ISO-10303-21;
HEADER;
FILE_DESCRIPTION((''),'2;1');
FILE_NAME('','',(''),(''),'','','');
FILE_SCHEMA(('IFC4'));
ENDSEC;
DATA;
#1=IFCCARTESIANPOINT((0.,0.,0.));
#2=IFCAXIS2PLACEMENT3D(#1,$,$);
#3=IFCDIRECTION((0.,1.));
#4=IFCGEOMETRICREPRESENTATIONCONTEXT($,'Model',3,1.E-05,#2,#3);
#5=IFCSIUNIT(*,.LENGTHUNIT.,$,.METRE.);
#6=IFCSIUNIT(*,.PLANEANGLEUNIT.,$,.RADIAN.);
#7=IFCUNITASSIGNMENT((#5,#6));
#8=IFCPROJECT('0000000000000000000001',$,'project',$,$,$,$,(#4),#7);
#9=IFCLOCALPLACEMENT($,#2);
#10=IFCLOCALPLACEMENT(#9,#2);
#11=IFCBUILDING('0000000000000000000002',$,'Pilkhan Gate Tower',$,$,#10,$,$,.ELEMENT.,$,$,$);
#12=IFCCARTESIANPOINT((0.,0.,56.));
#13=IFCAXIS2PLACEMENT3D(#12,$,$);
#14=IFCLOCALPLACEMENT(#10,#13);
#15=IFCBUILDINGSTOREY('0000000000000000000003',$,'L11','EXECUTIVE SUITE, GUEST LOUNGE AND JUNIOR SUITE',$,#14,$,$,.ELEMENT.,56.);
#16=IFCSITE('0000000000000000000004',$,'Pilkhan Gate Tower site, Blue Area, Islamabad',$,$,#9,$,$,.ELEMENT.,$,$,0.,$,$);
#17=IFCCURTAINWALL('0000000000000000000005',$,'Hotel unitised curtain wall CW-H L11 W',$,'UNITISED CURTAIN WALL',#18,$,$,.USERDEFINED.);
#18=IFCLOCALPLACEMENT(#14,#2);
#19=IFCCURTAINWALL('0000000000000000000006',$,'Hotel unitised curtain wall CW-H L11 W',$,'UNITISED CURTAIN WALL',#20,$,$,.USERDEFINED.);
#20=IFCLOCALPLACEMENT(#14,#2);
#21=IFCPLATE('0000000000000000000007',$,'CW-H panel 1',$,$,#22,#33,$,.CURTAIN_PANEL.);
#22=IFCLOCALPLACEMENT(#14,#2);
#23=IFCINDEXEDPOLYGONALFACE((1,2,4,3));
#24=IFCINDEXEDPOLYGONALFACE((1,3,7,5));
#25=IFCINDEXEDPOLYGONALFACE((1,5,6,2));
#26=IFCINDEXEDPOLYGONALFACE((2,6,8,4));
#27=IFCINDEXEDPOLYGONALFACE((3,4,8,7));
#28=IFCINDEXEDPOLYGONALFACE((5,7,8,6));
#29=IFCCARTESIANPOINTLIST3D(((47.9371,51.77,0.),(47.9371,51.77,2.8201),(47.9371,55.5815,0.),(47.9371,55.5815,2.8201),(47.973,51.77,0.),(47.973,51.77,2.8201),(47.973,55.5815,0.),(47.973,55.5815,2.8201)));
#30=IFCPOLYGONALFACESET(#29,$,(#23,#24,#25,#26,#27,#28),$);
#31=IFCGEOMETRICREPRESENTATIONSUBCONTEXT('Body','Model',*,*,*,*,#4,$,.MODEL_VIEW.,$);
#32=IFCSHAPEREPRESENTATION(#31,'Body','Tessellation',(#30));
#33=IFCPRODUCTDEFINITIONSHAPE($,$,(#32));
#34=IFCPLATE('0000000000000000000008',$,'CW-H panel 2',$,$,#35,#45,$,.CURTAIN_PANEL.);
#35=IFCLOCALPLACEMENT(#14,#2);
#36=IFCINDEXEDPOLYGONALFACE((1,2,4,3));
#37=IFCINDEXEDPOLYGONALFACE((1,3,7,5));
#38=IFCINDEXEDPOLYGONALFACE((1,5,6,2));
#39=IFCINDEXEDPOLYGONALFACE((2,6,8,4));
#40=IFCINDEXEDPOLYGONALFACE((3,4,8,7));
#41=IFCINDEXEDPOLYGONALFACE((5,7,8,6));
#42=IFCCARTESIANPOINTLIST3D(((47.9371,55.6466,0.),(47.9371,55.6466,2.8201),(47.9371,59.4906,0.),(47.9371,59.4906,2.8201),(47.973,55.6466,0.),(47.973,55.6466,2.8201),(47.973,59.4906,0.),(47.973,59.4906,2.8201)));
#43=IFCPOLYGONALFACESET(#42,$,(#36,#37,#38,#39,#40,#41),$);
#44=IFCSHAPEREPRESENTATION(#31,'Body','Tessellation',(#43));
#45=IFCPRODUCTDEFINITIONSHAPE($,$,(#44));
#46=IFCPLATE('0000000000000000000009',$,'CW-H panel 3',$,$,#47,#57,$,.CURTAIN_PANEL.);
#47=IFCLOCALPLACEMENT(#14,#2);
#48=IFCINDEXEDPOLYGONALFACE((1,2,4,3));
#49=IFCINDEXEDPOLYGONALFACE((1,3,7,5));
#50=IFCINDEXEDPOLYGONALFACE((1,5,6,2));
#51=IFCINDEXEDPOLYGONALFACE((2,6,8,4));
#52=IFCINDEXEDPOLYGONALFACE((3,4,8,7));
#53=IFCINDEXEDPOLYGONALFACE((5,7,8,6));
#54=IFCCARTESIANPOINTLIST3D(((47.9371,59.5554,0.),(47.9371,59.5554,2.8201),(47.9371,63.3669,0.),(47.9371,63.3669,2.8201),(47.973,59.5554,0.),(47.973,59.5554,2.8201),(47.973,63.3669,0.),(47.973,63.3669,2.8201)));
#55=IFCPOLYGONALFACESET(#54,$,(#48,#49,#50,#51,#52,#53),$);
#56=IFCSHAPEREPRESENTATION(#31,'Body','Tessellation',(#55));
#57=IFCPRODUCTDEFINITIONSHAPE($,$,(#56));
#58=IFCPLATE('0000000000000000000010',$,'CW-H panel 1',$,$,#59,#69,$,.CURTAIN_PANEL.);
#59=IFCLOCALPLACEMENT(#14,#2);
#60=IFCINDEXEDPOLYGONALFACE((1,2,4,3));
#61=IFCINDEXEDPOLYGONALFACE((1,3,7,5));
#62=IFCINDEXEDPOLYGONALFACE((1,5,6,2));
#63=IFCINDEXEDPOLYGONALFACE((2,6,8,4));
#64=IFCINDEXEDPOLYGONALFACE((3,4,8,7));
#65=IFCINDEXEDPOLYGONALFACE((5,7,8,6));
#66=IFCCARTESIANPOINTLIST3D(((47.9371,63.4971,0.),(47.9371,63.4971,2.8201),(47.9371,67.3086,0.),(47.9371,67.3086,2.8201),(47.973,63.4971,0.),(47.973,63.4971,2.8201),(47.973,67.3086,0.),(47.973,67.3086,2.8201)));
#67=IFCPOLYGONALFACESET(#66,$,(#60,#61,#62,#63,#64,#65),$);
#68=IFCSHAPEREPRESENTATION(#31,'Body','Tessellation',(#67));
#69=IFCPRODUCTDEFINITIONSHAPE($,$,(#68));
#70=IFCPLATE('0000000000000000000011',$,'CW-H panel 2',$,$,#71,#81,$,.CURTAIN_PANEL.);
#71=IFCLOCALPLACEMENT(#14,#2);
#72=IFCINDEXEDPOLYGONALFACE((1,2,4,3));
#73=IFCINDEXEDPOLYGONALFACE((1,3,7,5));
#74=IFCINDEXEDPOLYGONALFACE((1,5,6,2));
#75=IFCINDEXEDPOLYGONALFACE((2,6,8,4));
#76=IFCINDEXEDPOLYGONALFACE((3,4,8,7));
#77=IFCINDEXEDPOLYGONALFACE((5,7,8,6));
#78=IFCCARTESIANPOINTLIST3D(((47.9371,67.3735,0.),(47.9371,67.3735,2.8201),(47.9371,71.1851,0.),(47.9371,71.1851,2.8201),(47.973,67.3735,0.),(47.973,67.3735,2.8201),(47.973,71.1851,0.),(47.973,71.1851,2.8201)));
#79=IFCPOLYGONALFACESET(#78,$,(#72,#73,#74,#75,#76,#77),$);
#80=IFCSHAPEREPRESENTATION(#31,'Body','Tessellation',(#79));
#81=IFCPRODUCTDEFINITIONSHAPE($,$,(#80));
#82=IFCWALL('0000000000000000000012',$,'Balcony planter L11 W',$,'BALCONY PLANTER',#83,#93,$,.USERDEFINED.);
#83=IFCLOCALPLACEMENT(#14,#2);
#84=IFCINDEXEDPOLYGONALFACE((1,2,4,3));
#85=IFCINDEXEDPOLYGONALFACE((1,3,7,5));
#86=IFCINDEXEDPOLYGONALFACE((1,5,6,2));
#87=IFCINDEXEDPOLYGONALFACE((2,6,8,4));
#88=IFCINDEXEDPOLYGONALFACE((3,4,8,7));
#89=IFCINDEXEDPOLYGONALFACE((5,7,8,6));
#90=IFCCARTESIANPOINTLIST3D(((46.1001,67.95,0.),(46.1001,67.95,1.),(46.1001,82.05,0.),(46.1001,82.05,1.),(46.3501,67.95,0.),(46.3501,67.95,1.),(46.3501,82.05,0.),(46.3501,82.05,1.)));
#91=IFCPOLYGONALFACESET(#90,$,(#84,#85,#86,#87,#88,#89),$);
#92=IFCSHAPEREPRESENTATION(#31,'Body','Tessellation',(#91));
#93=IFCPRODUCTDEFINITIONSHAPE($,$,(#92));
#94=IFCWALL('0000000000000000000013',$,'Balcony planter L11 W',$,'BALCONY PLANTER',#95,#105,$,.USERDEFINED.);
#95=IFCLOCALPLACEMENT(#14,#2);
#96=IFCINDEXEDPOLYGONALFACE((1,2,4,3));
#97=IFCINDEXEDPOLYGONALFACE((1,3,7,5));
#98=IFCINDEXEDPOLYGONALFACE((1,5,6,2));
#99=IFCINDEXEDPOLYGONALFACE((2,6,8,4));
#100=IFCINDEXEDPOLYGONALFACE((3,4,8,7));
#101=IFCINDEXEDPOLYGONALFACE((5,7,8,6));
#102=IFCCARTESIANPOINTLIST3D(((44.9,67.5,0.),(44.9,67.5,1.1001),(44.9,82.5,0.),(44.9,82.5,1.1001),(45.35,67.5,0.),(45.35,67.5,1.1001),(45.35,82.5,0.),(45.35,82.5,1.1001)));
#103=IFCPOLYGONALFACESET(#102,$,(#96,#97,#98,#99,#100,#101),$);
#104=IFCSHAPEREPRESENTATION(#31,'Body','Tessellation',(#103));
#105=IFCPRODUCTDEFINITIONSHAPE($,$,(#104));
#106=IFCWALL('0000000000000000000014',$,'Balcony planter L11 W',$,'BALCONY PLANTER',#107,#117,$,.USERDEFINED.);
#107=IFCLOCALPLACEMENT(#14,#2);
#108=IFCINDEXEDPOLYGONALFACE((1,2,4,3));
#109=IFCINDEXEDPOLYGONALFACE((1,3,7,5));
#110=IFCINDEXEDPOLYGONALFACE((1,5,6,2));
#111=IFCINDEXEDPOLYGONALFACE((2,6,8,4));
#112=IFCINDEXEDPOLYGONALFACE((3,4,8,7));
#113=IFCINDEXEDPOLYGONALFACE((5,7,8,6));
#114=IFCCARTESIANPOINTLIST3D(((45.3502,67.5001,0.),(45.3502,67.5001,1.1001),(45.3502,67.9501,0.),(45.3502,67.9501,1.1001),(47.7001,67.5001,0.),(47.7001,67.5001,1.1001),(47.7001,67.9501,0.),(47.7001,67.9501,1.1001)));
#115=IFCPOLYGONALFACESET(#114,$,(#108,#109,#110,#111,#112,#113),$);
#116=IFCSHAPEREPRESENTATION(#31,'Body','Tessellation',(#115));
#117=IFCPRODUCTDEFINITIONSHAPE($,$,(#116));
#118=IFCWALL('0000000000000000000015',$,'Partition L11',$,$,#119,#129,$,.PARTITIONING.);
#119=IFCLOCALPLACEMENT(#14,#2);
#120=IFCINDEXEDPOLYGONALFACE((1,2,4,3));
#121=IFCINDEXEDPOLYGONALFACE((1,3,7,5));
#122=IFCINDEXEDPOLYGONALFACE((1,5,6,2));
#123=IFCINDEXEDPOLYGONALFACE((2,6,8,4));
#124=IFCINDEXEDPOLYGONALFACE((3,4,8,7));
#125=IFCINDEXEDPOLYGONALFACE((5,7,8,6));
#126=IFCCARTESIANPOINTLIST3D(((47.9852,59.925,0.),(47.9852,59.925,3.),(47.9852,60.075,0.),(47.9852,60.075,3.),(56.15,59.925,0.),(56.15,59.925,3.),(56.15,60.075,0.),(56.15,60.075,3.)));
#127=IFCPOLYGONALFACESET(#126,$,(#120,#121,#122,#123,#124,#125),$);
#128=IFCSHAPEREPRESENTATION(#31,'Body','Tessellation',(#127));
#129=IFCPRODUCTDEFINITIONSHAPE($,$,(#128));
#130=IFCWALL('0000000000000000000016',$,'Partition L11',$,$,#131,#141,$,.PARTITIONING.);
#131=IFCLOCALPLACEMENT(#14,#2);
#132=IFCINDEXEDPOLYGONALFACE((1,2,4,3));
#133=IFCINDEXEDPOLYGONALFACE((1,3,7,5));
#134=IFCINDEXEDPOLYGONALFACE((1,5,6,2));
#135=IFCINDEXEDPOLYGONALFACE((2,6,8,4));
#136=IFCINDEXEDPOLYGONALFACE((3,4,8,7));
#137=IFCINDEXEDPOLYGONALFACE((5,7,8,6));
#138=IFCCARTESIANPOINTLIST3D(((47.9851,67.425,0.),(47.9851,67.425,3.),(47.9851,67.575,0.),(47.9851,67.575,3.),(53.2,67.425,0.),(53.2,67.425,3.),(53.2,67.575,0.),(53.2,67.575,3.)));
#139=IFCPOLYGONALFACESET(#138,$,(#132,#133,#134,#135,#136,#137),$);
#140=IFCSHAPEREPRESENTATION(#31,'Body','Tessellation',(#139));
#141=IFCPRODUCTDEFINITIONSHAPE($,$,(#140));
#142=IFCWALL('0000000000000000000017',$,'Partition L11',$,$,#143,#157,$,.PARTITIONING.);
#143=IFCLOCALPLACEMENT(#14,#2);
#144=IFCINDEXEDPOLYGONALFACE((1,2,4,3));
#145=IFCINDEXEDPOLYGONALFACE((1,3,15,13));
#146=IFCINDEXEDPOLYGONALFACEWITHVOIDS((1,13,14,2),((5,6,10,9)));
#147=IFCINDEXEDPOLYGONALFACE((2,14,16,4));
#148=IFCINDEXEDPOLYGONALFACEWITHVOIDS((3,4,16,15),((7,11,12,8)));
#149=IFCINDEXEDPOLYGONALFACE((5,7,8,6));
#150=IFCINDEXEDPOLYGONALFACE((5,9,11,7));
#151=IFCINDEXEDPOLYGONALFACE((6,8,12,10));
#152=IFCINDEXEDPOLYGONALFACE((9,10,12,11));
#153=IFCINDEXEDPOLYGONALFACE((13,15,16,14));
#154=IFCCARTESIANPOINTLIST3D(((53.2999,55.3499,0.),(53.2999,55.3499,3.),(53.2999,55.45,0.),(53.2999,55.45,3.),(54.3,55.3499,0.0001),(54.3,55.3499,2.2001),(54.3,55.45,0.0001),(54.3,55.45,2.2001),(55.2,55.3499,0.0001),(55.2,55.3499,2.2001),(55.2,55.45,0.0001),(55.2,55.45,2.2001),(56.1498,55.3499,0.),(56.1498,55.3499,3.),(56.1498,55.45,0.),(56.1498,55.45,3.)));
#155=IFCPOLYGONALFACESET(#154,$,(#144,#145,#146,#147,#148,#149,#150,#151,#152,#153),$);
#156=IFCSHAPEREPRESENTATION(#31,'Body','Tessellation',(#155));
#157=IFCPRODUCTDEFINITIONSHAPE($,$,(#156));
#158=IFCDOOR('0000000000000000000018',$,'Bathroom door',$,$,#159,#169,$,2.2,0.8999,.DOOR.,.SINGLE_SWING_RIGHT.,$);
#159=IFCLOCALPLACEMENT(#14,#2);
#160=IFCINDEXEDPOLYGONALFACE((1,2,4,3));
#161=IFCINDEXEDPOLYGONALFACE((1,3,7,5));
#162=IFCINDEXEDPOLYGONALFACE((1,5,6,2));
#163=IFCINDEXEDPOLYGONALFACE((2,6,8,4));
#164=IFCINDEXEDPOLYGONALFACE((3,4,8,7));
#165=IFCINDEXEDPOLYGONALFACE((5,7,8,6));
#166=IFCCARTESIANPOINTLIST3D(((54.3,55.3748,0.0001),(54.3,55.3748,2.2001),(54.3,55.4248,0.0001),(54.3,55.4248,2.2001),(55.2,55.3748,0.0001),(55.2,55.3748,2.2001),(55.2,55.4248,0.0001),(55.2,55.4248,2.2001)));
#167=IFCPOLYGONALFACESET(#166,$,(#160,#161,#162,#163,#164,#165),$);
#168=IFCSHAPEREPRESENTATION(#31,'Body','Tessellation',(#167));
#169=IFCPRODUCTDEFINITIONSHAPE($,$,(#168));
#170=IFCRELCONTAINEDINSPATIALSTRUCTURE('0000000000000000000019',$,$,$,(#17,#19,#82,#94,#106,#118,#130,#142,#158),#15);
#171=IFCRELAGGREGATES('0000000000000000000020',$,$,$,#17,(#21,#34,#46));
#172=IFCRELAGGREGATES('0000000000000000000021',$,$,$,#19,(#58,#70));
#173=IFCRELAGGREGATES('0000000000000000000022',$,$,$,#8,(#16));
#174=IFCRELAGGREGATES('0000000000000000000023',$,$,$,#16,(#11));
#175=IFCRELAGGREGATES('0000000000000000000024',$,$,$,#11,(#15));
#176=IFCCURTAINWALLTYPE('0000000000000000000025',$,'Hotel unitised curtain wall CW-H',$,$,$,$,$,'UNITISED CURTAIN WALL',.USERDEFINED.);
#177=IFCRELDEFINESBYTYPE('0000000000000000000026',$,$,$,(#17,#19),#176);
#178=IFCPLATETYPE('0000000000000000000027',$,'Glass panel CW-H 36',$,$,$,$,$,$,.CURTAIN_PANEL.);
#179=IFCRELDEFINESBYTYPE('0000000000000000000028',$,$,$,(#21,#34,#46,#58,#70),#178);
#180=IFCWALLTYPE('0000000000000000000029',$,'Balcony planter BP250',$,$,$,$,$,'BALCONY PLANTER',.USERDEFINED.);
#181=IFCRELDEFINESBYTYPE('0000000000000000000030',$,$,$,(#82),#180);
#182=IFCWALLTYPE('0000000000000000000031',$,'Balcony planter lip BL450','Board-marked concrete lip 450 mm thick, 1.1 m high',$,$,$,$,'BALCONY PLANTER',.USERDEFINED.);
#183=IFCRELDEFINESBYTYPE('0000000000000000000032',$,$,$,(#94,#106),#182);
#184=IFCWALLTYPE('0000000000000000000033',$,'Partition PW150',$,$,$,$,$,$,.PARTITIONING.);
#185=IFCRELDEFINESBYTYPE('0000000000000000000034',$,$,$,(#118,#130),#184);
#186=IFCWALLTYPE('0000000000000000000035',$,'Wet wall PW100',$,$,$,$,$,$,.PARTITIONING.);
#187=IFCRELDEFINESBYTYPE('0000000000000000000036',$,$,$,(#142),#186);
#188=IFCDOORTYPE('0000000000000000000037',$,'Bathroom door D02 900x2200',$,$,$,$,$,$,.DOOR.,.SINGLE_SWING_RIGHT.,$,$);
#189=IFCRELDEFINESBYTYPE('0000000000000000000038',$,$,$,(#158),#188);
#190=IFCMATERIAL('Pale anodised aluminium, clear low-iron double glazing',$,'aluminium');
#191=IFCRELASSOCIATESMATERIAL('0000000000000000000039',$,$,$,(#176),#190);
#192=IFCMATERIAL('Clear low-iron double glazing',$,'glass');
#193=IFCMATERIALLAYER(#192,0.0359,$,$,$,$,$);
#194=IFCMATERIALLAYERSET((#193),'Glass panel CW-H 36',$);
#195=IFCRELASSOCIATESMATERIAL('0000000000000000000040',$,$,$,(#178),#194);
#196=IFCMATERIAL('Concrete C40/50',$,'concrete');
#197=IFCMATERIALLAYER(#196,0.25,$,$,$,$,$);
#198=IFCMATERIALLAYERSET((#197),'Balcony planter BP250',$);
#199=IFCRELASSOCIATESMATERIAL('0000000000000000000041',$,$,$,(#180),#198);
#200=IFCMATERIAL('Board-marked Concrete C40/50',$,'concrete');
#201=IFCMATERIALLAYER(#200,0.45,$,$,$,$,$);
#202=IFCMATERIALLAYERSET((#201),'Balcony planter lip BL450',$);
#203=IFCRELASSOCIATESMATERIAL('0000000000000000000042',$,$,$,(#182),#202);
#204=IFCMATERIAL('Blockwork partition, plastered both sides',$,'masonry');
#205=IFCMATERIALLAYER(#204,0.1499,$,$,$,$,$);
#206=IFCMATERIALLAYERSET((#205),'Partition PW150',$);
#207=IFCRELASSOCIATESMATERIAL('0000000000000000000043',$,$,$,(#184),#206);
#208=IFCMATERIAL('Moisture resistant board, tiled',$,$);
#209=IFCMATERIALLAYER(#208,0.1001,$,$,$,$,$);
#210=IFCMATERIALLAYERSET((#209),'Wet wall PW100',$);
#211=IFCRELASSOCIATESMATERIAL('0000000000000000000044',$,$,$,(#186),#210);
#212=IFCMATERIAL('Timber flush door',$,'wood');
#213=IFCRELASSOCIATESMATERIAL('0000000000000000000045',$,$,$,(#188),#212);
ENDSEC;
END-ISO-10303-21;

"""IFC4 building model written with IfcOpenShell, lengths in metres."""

from ifc_helpers import new_model, si_unit, direction, frame, frame_2d, origin, origin_2d, place, context, subcontext, project, spatial, rectangle, extrude, material, layer, layer_set, type_object, element, fill, aggregate, save


model = new_model("IFC4")

# Units and contexts
model_context = context("Model", 3, precision=1e-05, world=origin(), true_north=direction((0.0, 1.0)))
body_context = subcontext(model_context, "Body", "Model", "MODEL_VIEW")
ifc_project = project(units=[si_unit("LENGTHUNIT", "METRE"), si_unit("PLANEANGLEUNIT", "RADIAN")], contexts=[model_context])

# Site, building, storey
site_placement = place(None, origin())
site = spatial("IfcSite", under=ifc_project, at=site_placement, Name="Pilkhan Gate Tower site, Blue Area, Islamabad", CompositionType="ELEMENT", RefElevation=0.0)
building_placement = place(site_placement, origin())
building = spatial("IfcBuilding", under=site, at=building_placement, Name="Pilkhan Gate Tower", CompositionType="ELEMENT")
storey_placement = place(building_placement, frame((0.0, 0.0, 56.0)))
storey = spatial("IfcBuildingStorey", under=building, at=storey_placement, Name="L11", Description="EXECUTIVE SUITE, GUEST LOUNGE AND JUNIOR SUITE", CompositionType="ELEMENT", Elevation=56.0)

# Curtain walls
ifc_material_1 = material(Name="Pale anodised aluminium, clear low-iron double glazing", Category="aluminium")
curtain_wall_type = type_object("IfcCurtainWallType", Name="Hotel unitised curtain wall CW-H", ElementType="UNITISED CURTAIN WALL", PredefinedType="USERDEFINED", material=ifc_material_1)
curtain_wall_1_placement = place(storey_placement, origin())
curtain_wall_1 = element("IfcCurtainWall", 1, at=curtain_wall_1_placement, inside=storey, type_object=curtain_wall_type, Name="Hotel unitised curtain wall CW-H L11 W", ObjectType="UNITISED CURTAIN WALL", PredefinedType="USERDEFINED")
curtain_wall_2_placement = place(storey_placement, origin())
curtain_wall_2 = element("IfcCurtainWall", 2, at=curtain_wall_2_placement, inside=storey, type_object=curtain_wall_type, Name="Hotel unitised curtain wall CW-H L11 W", ObjectType="UNITISED CURTAIN WALL", PredefinedType="USERDEFINED")

# Plates
ifc_material_2 = material(Name="Clear low-iron double glazing", Category="glass")
ifc_layer_1 = layer(ifc_material_2, 0.0359)
ifc_layer_set_1 = layer_set([ifc_layer_1], Name="Glass panel CW-H 36")
plate_type = type_object("IfcPlateType", Name="Glass panel CW-H 36", PredefinedType="CURTAIN_PANEL", material=ifc_layer_set_1)
plate_1_placement = place(storey_placement, frame((47.9551, 53.6758, 0.0), z_axis=(0.0, 0.0, 1.0), x_axis=(0.0, 1.0, 0.0)))
plate_1 = element("IfcPlate", 3, at=plate_1_placement, type_object=plate_type, Name="CW-H panel 1", PredefinedType="CURTAIN_PANEL", context=body_context, shape_type="SweptSolid", body=[
    extrude(rectangle(XDim=3.8115, YDim=0.0359, at=origin_2d()), origin(), (0.0, 0.0, 1.0), 2.8201),
])
plate_2_placement = place(storey_placement, frame((47.9551, 57.5686, 0.0), z_axis=(0.0, 0.0, 1.0), x_axis=(0.0, 1.0, 0.0)))
plate_2 = element("IfcPlate", 4, at=plate_2_placement, type_object=plate_type, Name="CW-H panel 2", PredefinedType="CURTAIN_PANEL", context=body_context, shape_type="SweptSolid", body=[
    extrude(rectangle(XDim=3.844, YDim=0.0359, at=origin_2d()), origin(), (0.0, 0.0, 1.0), 2.8201),
])
plate_3_placement = place(storey_placement, frame((47.9551, 61.4612, 0.0), z_axis=(0.0, 0.0, 1.0), x_axis=(0.0, 1.0, 0.0)))
plate_3 = element("IfcPlate", 5, at=plate_3_placement, type_object=plate_type, Name="CW-H panel 3", PredefinedType="CURTAIN_PANEL", context=body_context, shape_type="SweptSolid", body=[
    extrude(rectangle(XDim=3.8115, YDim=0.0359, at=origin_2d()), origin(), (0.0, 0.0, 1.0), 2.8201),
])
aggregate(curtain_wall_1, [plate_1, plate_2, plate_3])
plate_4_placement = place(storey_placement, frame((47.9551, 65.4028, 0.0), z_axis=(0.0, 0.0, 1.0), x_axis=(0.0, 1.0, 0.0)))
plate_4 = element("IfcPlate", 6, at=plate_4_placement, type_object=plate_type, Name="CW-H panel 1", PredefinedType="CURTAIN_PANEL", context=body_context, shape_type="SweptSolid", body=[
    extrude(rectangle(XDim=3.8115, YDim=0.0359, at=origin_2d()), origin(), (0.0, 0.0, 1.0), 2.8201),
])
plate_5_placement = place(storey_placement, frame((47.9551, 69.2793, 0.0), z_axis=(0.0, 0.0, 1.0), x_axis=(0.0, 1.0, 0.0)))
plate_5 = element("IfcPlate", 7, at=plate_5_placement, type_object=plate_type, Name="CW-H panel 2", PredefinedType="CURTAIN_PANEL", context=body_context, shape_type="SweptSolid", body=[
    extrude(rectangle(XDim=3.8115, YDim=0.0359, at=origin_2d()), origin(), (0.0, 0.0, 1.0), 2.8201),
])
aggregate(curtain_wall_2, [plate_4, plate_5])

# Walls
ifc_material_3 = material(Name="Concrete C40/50", Category="concrete")
ifc_layer_2 = layer(ifc_material_3, 0.25)
ifc_layer_set_2 = layer_set([ifc_layer_2], Name="Balcony planter BP250")
wall_type_1 = type_object("IfcWallType", Name="Balcony planter BP250", ElementType="BALCONY PLANTER", PredefinedType="USERDEFINED", material=ifc_layer_set_2)
wall_1_placement = place(storey_placement, frame((46.2251, 67.95, 0.0), z_axis=(0.0, 0.0, 1.0), x_axis=(0.0, 1.0, 0.0)))
element("IfcWall", 8, at=wall_1_placement, inside=storey, type_object=wall_type_1, Name="Balcony planter L11 W", ObjectType="BALCONY PLANTER", PredefinedType="USERDEFINED", context=body_context, shape_type="SweptSolid", body=[
    extrude(rectangle(XDim=14.1001, YDim=0.25, at=frame_2d((7.05, 0.0))), origin(), (0.0, 0.0, 1.0), 1.0),
])
ifc_material_4 = material(Name="Board-marked Concrete C40/50", Category="concrete")
ifc_layer_3 = layer(ifc_material_4, 0.45)
ifc_layer_set_3 = layer_set([ifc_layer_3], Name="Balcony planter lip BL450")
wall_type_2 = type_object("IfcWallType", Name="Balcony planter lip BL450", Description="Board-marked concrete lip 450 mm thick, 1.1 m high", ElementType="BALCONY PLANTER", PredefinedType="USERDEFINED", material=ifc_layer_set_3)
wall_2_placement = place(storey_placement, frame((45.125, 67.5, 0.0), z_axis=(0.0, 0.0, 1.0), x_axis=(0.0, 1.0, 0.0)))
element("IfcWall", 9, at=wall_2_placement, inside=storey, type_object=wall_type_2, Name="Balcony planter L11 W", ObjectType="BALCONY PLANTER", PredefinedType="USERDEFINED", context=body_context, shape_type="SweptSolid", body=[
    extrude(rectangle(XDim=15.0, YDim=0.45, at=frame_2d((7.5, 0.0))), origin(), (0.0, 0.0, 1.0), 1.1001),
])
wall_3_placement = place(storey_placement, frame((47.7, 67.7251, 0.0), z_axis=(0.0, 0.0, 1.0), x_axis=(-1.0, 0.0, 0.0)))
element("IfcWall", 10, at=wall_3_placement, inside=storey, type_object=wall_type_2, Name="Balcony planter L11 W", ObjectType="BALCONY PLANTER", PredefinedType="USERDEFINED", context=body_context, shape_type="SweptSolid", body=[
    extrude(rectangle(XDim=2.3499, YDim=0.45, at=frame_2d((1.1748, 0.0))), origin(), (0.0, 0.0, 1.0), 1.1001),
])
ifc_material_5 = material(Name="Blockwork partition, plastered both sides", Category="masonry")
ifc_layer_4 = layer(ifc_material_5, 0.1499)
ifc_layer_set_4 = layer_set([ifc_layer_4], Name="Partition PW150")
wall_type_3 = type_object("IfcWallType", Name="Partition PW150", PredefinedType="PARTITIONING", material=ifc_layer_set_4)
wall_4_placement = place(storey_placement, frame((47.9851, 60.0, 0.0), z_axis=(0.0, 0.0, 1.0), x_axis=(1.0, 0.0, 0.0)))
element("IfcWall", 11, at=wall_4_placement, inside=storey, type_object=wall_type_3, Name="Partition L11", PredefinedType="PARTITIONING", context=body_context, shape_type="SweptSolid", body=[
    extrude(rectangle(XDim=8.1648, YDim=0.1499, at=frame_2d((4.0825, 0.0))), origin(), (0.0, 0.0, 1.0), 3.0),
])
wall_5_placement = place(storey_placement, frame((47.9851, 67.5, 0.0), z_axis=(0.0, 0.0, 1.0), x_axis=(1.0, 0.0, 0.0)))
element("IfcWall", 12, at=wall_5_placement, inside=storey, type_object=wall_type_3, Name="Partition L11", PredefinedType="PARTITIONING", context=body_context, shape_type="SweptSolid", body=[
    extrude(rectangle(XDim=5.2148, YDim=0.1499, at=frame_2d((2.6074, 0.0))), origin(), (0.0, 0.0, 1.0), 3.0),
])

# Wall, opening, door
ifc_material_6 = material(Name="Moisture resistant board, tiled")
ifc_layer_5 = layer(ifc_material_6, 0.1001)
ifc_layer_set_5 = layer_set([ifc_layer_5], Name="Wet wall PW100")
wall_type_4 = type_object("IfcWallType", Name="Wet wall PW100", PredefinedType="PARTITIONING", material=ifc_layer_set_5)
wall_6_placement = place(storey_placement, frame((53.3, 55.3999, 0.0), z_axis=(0.0, 0.0, 1.0), x_axis=(1.0, 0.0, 0.0)))
wall_6 = element("IfcWall", 13, at=wall_6_placement, inside=storey, type_object=wall_type_4, Name="Partition L11", PredefinedType="PARTITIONING", context=body_context, shape_type="SweptSolid", body=[
    extrude(rectangle(XDim=2.8499, YDim=0.1001, at=frame_2d((1.4248, 0.0))), origin(), (0.0, 0.0, 1.0), 3.0),
])
opening_1_placement = place(wall_6_placement, frame((1.0, 0.0, 0.0)))
opening_1 = element("IfcOpeningElement", 14, at=opening_1_placement, cuts=wall_6, PredefinedType="OPENING", context=body_context, shape_type="SweptSolid", body=[
    extrude(rectangle(XDim=0.8999, YDim=2.2, at=frame_2d((0.45, 1.1001))), frame((0.0, 0.0601, 0.0), z_axis=(0.0, -1.0, 0.0), x_axis=(1.0, 0.0, 0.0)), (0.0, 0.0, 1.0), 0.1201),
])
ifc_material_7 = material(Name="Timber flush door", Category="wood")
door_type = type_object("IfcDoorType", Name="Bathroom door D02 900x2200", OperationType="SINGLE_SWING_RIGHT", PredefinedType="DOOR", material=ifc_material_7)
door_1_placement = place(opening_1_placement, origin())
door_1 = element("IfcDoor", 15, at=door_1_placement, inside=storey, type_object=door_type, Name="Bathroom door", OperationType="SINGLE_SWING_RIGHT", OverallHeight=2.2, OverallWidth=0.8999, PredefinedType="DOOR", context=body_context, shape_type="SweptSolid", body=[
    extrude(rectangle(XDim=0.8999, YDim=2.2, at=frame_2d((0.45, 1.1001))), frame((0.0, 0.0249, 0.0), z_axis=(0.0, -1.0, 0.0), x_axis=(1.0, 0.0, 0.0)), (0.0, 0.0, 1.0), 0.05),
])
fill(opening_1, door_1)

save(model, "model.ifc")
